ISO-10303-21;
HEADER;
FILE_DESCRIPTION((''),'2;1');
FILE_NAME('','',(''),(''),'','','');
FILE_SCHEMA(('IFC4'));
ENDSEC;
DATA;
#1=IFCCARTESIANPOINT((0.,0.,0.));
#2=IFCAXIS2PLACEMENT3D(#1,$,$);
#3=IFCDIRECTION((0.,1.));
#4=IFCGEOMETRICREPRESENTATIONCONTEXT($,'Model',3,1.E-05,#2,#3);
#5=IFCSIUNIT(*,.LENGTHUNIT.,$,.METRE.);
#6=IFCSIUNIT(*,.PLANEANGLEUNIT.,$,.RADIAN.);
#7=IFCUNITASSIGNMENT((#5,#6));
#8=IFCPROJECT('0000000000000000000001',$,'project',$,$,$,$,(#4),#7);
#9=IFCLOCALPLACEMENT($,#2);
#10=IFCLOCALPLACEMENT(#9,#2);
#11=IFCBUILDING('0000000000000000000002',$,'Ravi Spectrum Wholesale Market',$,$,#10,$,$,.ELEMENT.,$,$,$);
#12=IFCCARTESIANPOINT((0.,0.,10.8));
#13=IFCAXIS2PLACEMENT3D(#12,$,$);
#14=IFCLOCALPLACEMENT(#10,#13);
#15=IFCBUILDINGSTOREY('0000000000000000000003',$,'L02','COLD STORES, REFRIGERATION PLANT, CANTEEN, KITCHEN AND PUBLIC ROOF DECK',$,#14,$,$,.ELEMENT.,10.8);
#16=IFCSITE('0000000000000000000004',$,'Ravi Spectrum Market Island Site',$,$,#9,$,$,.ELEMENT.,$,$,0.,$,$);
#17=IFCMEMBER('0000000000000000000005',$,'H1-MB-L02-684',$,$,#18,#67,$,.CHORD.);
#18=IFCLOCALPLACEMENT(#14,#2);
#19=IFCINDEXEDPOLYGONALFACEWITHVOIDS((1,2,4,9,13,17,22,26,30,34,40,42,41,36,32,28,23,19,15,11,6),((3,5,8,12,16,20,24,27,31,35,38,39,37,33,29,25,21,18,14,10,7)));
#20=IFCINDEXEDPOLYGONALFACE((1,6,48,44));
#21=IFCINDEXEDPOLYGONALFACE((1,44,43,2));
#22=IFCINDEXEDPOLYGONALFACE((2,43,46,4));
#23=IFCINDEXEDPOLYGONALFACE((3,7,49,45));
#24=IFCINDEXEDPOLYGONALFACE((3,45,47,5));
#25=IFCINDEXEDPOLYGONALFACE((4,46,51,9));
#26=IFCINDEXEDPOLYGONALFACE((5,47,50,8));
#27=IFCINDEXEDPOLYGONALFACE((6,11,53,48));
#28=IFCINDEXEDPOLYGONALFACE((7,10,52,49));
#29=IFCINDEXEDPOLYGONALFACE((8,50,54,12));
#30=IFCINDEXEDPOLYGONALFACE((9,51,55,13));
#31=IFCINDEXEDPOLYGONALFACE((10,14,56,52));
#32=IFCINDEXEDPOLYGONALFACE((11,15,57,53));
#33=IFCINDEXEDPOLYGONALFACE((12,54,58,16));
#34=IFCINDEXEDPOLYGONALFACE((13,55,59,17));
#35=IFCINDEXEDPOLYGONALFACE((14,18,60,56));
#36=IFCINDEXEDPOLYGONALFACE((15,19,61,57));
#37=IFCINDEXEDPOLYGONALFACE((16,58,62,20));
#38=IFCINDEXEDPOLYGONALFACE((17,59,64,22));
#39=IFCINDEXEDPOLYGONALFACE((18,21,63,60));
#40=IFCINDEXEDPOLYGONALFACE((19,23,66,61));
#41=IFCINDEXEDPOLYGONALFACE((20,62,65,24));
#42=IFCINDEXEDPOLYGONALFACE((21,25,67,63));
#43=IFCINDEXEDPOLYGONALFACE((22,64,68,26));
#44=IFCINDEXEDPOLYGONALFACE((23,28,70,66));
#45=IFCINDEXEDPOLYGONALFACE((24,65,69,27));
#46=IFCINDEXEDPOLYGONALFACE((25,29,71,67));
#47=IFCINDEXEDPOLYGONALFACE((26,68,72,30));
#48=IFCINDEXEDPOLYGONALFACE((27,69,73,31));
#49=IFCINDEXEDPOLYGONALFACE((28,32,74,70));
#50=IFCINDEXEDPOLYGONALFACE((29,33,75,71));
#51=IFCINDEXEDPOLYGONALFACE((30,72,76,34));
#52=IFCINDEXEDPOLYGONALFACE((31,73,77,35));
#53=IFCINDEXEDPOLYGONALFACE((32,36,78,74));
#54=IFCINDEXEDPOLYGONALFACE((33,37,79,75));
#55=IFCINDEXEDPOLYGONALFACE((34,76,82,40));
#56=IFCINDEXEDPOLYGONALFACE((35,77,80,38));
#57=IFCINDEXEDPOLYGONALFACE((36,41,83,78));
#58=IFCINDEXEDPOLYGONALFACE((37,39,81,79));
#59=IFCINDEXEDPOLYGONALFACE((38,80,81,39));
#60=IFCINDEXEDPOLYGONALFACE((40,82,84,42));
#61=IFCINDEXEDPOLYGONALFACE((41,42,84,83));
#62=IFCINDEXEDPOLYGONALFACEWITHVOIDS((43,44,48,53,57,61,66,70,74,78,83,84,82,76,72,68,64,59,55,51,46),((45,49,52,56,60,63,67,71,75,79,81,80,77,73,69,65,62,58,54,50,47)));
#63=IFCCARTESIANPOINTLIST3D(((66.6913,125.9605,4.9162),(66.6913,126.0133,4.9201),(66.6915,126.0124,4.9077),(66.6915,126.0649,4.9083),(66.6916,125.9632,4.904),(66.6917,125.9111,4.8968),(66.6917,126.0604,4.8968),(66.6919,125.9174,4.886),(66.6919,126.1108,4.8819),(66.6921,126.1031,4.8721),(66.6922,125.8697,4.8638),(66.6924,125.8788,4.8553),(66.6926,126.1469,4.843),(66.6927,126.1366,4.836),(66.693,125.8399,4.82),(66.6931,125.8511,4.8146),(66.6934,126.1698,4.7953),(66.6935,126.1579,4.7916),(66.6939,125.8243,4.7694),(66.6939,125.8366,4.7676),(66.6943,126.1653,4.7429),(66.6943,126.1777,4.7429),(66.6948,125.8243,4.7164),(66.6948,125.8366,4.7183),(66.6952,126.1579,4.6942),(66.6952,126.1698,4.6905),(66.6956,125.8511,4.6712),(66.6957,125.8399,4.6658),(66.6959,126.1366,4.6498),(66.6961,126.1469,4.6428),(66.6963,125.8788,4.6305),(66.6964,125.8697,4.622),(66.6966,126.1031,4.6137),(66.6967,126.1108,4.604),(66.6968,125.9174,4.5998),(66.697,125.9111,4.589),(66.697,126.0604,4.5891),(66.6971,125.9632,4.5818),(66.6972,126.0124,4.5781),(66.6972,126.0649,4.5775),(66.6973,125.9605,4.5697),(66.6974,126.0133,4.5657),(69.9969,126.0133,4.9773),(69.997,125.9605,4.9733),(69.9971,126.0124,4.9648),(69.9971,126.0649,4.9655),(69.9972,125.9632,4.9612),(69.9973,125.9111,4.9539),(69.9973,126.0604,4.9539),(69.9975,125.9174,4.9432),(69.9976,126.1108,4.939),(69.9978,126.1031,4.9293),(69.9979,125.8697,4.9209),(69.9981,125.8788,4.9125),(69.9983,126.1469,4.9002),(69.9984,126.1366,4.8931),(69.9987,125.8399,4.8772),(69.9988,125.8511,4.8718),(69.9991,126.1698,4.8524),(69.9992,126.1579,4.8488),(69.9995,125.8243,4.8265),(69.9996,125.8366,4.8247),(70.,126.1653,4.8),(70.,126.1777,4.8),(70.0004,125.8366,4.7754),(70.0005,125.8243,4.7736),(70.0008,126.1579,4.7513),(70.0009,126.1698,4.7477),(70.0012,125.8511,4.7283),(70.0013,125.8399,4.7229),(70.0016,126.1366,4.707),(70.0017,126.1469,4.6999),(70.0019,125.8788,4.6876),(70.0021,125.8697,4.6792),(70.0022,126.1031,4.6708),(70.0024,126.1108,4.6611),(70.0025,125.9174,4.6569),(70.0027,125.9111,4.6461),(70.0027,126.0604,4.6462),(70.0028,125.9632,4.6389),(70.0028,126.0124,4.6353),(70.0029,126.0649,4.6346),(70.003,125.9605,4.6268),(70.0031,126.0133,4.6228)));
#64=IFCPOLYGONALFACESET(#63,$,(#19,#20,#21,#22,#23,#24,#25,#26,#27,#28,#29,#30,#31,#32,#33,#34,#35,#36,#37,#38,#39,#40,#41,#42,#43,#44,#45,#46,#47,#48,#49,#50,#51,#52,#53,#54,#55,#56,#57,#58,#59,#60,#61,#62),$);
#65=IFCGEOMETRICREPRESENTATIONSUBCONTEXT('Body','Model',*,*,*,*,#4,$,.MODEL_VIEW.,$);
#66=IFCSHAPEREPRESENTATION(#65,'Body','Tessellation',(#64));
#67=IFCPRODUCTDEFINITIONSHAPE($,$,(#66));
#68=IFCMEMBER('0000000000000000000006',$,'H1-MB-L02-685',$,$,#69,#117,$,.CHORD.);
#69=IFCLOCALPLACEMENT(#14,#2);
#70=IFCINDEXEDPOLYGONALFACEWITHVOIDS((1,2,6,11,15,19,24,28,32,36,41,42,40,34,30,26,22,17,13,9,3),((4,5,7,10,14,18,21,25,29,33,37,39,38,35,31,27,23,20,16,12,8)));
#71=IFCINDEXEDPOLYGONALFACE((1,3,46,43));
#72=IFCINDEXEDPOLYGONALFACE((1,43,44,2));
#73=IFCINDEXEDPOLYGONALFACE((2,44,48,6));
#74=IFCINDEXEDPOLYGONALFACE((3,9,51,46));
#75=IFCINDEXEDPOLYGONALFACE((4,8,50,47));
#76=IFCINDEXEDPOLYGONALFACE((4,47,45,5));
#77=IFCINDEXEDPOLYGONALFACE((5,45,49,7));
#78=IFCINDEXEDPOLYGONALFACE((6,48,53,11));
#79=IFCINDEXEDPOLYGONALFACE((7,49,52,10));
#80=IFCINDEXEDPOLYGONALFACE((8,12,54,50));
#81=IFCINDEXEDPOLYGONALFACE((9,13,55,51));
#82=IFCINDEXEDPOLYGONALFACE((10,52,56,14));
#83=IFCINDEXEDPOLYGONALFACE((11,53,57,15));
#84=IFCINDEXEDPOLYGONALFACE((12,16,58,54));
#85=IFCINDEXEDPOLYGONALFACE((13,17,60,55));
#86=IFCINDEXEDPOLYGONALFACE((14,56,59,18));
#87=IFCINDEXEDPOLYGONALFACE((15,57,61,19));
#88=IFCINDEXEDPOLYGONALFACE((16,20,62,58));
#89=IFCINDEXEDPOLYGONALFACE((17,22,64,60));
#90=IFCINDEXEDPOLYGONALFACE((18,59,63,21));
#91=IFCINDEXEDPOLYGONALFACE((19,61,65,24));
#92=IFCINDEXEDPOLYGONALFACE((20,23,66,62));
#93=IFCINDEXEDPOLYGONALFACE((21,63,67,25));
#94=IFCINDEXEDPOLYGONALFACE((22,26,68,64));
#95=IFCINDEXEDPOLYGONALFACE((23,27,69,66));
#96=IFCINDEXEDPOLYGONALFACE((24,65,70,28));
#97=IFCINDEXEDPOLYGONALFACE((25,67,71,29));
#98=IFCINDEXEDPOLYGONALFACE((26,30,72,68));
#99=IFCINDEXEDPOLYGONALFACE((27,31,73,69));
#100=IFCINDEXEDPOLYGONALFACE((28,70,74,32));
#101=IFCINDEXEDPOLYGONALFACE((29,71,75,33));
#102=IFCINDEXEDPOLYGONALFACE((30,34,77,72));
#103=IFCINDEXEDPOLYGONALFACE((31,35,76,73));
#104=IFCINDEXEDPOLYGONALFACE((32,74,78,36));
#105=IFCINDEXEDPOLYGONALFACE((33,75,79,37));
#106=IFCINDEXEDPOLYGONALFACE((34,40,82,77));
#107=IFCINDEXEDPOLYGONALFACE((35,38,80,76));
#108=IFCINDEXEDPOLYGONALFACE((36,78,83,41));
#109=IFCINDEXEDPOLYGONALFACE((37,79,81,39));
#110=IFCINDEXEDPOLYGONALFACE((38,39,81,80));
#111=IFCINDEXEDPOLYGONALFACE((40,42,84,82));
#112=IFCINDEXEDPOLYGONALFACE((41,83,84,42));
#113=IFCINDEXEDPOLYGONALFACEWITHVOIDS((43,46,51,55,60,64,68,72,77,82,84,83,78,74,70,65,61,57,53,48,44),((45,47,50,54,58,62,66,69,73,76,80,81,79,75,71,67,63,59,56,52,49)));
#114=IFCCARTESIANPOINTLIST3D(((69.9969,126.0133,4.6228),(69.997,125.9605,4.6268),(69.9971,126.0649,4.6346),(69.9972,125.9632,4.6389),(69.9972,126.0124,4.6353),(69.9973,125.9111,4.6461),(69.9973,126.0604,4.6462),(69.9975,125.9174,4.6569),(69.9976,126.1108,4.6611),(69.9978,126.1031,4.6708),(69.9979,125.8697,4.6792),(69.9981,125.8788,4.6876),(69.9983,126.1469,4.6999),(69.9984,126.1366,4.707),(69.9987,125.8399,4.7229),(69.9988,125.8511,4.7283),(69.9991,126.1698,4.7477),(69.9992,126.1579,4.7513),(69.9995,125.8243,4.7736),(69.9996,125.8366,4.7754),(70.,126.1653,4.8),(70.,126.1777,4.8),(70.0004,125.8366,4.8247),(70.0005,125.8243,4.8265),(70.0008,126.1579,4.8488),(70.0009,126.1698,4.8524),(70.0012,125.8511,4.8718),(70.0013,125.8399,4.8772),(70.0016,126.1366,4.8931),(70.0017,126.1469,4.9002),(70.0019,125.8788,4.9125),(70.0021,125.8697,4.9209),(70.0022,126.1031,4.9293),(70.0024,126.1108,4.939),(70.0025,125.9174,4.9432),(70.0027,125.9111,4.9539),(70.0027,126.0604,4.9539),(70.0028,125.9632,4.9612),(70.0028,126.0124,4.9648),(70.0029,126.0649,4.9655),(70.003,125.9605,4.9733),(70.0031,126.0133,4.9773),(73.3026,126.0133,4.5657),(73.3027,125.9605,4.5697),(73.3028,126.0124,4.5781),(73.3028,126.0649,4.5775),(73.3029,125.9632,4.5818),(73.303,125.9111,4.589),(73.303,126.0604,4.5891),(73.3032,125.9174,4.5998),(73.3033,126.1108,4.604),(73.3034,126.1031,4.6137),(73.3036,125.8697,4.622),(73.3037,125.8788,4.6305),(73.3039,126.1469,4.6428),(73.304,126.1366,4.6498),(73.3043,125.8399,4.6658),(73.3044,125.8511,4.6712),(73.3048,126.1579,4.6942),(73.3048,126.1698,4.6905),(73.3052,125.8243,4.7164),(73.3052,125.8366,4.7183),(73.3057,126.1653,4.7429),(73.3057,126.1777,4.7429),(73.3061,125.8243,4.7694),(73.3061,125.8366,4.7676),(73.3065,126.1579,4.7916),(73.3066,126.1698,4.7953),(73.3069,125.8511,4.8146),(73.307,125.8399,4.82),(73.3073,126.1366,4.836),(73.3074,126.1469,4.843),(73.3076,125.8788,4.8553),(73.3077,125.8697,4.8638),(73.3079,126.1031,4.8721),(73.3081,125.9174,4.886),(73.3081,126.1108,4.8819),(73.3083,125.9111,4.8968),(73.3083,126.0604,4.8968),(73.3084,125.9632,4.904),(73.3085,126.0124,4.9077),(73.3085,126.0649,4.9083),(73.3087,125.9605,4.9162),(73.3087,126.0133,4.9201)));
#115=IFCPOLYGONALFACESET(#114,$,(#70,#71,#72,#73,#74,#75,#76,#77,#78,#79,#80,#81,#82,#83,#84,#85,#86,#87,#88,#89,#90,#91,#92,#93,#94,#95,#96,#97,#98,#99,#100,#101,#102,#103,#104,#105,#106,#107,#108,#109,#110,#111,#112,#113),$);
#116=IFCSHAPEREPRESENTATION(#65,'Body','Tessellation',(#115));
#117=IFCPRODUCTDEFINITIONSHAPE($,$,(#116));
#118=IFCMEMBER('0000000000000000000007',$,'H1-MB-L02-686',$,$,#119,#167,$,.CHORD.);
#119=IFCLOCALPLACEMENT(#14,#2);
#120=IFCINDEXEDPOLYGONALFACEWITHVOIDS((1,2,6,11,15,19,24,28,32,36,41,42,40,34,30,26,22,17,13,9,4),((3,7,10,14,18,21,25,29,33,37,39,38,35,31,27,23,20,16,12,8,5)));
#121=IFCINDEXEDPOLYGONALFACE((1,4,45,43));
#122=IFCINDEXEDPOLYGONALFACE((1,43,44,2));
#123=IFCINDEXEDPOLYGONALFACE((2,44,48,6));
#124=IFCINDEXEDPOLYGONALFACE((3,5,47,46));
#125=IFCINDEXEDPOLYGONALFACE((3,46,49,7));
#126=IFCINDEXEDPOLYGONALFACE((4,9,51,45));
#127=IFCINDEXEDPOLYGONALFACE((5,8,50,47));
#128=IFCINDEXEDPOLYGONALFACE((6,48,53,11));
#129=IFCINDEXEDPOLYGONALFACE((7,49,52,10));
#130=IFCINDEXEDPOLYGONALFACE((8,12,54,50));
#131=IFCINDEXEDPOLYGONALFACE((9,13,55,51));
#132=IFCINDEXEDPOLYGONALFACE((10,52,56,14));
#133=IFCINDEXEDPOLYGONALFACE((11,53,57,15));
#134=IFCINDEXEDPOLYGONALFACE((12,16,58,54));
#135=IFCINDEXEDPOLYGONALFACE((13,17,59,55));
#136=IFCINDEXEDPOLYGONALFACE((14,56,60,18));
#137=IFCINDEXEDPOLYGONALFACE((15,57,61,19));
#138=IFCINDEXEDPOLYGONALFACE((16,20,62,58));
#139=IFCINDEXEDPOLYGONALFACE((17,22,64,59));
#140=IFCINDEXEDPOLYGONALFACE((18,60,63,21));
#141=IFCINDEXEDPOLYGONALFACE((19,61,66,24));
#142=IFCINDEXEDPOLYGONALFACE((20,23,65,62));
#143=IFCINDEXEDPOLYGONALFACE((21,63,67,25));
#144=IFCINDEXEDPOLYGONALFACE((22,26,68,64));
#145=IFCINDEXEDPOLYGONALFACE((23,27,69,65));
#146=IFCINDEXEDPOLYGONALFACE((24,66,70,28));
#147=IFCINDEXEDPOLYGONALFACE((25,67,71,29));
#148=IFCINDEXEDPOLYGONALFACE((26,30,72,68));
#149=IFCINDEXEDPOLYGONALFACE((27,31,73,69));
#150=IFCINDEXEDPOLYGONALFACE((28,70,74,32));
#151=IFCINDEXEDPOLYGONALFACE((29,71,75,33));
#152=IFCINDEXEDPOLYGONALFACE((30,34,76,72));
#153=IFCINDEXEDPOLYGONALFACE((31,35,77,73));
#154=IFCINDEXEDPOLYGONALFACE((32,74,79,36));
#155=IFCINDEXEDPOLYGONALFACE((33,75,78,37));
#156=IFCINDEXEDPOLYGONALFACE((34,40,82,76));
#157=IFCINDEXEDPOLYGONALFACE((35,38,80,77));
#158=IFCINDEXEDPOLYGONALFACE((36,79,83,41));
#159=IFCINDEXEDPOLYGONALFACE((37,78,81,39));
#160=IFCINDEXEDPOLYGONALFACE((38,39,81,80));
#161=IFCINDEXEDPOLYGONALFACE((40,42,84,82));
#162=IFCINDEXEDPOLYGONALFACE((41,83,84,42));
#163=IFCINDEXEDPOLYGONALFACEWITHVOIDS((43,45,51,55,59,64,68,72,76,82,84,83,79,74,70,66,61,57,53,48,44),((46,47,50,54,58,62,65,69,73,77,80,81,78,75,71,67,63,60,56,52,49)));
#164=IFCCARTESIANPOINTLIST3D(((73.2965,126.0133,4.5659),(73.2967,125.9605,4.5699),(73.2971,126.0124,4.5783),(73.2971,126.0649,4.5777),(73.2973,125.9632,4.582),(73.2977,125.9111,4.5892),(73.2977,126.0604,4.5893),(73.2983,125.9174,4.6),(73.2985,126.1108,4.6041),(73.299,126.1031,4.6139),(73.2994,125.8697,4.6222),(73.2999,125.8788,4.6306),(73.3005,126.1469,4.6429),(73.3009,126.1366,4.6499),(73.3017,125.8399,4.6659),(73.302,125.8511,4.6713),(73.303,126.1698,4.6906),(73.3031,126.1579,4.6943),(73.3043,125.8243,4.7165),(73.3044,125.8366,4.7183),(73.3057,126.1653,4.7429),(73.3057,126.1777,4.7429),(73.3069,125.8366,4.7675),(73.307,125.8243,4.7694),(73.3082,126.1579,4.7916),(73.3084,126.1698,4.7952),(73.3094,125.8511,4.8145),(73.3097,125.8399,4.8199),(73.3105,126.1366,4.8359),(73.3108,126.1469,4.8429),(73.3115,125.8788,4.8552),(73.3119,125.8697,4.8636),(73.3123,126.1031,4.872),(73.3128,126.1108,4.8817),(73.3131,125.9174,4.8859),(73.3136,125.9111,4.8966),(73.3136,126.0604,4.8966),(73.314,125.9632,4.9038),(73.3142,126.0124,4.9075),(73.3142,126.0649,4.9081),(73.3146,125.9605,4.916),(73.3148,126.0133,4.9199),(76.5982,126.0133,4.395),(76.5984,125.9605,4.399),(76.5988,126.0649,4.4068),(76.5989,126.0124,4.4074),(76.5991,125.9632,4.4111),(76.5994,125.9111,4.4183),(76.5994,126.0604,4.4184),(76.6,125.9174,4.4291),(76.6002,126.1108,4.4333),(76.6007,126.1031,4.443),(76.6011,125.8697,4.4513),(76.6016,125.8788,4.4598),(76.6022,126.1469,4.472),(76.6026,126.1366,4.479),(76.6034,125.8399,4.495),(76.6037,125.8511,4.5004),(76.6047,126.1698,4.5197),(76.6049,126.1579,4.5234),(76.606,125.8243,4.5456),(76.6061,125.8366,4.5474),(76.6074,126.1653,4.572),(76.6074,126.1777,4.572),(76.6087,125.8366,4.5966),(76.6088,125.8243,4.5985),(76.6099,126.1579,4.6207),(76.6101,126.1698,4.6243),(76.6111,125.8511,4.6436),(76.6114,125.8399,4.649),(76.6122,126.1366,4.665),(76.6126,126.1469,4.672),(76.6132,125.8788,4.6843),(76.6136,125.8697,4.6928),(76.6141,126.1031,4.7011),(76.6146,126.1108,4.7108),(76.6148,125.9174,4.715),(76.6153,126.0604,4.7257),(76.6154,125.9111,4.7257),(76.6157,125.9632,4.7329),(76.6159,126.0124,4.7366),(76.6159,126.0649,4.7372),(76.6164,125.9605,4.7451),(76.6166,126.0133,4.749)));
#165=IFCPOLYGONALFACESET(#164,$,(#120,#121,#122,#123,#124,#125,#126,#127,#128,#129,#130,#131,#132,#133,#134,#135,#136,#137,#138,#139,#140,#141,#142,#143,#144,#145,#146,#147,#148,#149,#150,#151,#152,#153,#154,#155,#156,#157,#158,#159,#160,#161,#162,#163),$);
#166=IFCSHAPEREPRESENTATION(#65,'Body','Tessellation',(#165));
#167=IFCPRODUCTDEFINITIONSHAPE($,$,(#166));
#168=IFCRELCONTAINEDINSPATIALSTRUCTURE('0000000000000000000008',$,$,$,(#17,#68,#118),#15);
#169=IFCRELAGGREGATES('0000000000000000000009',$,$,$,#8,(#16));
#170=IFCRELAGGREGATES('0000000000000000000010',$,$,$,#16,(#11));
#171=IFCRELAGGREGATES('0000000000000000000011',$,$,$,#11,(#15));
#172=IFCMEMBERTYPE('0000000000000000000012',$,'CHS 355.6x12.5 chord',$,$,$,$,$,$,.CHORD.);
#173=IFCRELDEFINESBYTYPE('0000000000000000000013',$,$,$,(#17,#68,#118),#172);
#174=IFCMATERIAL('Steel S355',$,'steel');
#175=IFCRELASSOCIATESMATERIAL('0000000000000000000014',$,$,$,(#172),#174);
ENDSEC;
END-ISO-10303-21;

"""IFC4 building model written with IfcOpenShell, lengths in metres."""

from ifc_helpers import new_model, si_unit, direction, frame, origin, origin_2d, place, context, subcontext, project, spatial, hollow_circle, extrude, material, material_profile, profile_set, type_object, element, save


model = new_model("IFC4")

# Units and contexts
model_context = context("Model", 3, precision=1e-05, world=origin(), true_north=direction((0.0, 1.0)))
body_context = subcontext(model_context, "Body", "Model", "MODEL_VIEW")
ifc_project = project(units=[si_unit("LENGTHUNIT", "METRE"), si_unit("PLANEANGLEUNIT", "RADIAN")], contexts=[model_context])

# Site, building, storey
site_placement = place(None, origin())
site = spatial("IfcSite", under=ifc_project, at=site_placement, Name="Ravi Spectrum Market Island Site", CompositionType="ELEMENT", RefElevation=0.0)
building_placement = place(site_placement, origin())
building = spatial("IfcBuilding", under=site, at=building_placement, Name="Ravi Spectrum Wholesale Market", CompositionType="ELEMENT")
storey_placement = place(building_placement, frame((0.0, 0.0, 10.8)))
storey = spatial("IfcBuildingStorey", under=building, at=storey_placement, Name="L02", Description="COLD STORES, REFRIGERATION PLANT, CANTEEN, KITCHEN AND PUBLIC ROOF DECK", CompositionType="ELEMENT", Elevation=10.8)

# Members
ifc_material_1 = material(Name="Steel S355", Category="steel")
ifc_material_profile_1 = material_profile(ifc_material_1, hollow_circle(Radius=0.1777, WallThickness=0.0125, at=origin_2d()))
ifc_profile_set_1 = profile_set([ifc_material_profile_1], Name="Steel S355")
member_type_1 = type_object("IfcMemberType", Name="CHS 355.6x12.5 chord", PredefinedType="CHORD", material=ifc_profile_set_1)
for number, where, z_axis, x_axis, name in (
    (1, (66.6943, 126.0, 4.7429), (0.999851, 0.0, 0.01728), (0.0, 1.0, 0.0), "H1-MB-L02-684"),
    (2, (70.0, 126.0, 4.8), (0.999851, 0.0, -0.01728), (0.0, 1.0, 0.0), "H1-MB-L02-685"),
    (3, (73.3057, 126.0, 4.7429), (0.998663, 0.0, -0.051691), (0.0, 1.0, 0.0), "H1-MB-L02-686"),
):
    element("IfcMember", number, at=place(storey_placement, frame(where, z_axis=z_axis, x_axis=x_axis)), inside=storey, type_object=member_type_1, Name=name, PredefinedType="CHORD", context=body_context, shape_type="SweptSolid", body=[
        extrude(hollow_circle(Radius=0.1777, WallThickness=0.0125, at=origin_2d()), origin(), (0.0, 0.0, 1.0), 3.3062),
    ])

save(model, "model.ifc")
